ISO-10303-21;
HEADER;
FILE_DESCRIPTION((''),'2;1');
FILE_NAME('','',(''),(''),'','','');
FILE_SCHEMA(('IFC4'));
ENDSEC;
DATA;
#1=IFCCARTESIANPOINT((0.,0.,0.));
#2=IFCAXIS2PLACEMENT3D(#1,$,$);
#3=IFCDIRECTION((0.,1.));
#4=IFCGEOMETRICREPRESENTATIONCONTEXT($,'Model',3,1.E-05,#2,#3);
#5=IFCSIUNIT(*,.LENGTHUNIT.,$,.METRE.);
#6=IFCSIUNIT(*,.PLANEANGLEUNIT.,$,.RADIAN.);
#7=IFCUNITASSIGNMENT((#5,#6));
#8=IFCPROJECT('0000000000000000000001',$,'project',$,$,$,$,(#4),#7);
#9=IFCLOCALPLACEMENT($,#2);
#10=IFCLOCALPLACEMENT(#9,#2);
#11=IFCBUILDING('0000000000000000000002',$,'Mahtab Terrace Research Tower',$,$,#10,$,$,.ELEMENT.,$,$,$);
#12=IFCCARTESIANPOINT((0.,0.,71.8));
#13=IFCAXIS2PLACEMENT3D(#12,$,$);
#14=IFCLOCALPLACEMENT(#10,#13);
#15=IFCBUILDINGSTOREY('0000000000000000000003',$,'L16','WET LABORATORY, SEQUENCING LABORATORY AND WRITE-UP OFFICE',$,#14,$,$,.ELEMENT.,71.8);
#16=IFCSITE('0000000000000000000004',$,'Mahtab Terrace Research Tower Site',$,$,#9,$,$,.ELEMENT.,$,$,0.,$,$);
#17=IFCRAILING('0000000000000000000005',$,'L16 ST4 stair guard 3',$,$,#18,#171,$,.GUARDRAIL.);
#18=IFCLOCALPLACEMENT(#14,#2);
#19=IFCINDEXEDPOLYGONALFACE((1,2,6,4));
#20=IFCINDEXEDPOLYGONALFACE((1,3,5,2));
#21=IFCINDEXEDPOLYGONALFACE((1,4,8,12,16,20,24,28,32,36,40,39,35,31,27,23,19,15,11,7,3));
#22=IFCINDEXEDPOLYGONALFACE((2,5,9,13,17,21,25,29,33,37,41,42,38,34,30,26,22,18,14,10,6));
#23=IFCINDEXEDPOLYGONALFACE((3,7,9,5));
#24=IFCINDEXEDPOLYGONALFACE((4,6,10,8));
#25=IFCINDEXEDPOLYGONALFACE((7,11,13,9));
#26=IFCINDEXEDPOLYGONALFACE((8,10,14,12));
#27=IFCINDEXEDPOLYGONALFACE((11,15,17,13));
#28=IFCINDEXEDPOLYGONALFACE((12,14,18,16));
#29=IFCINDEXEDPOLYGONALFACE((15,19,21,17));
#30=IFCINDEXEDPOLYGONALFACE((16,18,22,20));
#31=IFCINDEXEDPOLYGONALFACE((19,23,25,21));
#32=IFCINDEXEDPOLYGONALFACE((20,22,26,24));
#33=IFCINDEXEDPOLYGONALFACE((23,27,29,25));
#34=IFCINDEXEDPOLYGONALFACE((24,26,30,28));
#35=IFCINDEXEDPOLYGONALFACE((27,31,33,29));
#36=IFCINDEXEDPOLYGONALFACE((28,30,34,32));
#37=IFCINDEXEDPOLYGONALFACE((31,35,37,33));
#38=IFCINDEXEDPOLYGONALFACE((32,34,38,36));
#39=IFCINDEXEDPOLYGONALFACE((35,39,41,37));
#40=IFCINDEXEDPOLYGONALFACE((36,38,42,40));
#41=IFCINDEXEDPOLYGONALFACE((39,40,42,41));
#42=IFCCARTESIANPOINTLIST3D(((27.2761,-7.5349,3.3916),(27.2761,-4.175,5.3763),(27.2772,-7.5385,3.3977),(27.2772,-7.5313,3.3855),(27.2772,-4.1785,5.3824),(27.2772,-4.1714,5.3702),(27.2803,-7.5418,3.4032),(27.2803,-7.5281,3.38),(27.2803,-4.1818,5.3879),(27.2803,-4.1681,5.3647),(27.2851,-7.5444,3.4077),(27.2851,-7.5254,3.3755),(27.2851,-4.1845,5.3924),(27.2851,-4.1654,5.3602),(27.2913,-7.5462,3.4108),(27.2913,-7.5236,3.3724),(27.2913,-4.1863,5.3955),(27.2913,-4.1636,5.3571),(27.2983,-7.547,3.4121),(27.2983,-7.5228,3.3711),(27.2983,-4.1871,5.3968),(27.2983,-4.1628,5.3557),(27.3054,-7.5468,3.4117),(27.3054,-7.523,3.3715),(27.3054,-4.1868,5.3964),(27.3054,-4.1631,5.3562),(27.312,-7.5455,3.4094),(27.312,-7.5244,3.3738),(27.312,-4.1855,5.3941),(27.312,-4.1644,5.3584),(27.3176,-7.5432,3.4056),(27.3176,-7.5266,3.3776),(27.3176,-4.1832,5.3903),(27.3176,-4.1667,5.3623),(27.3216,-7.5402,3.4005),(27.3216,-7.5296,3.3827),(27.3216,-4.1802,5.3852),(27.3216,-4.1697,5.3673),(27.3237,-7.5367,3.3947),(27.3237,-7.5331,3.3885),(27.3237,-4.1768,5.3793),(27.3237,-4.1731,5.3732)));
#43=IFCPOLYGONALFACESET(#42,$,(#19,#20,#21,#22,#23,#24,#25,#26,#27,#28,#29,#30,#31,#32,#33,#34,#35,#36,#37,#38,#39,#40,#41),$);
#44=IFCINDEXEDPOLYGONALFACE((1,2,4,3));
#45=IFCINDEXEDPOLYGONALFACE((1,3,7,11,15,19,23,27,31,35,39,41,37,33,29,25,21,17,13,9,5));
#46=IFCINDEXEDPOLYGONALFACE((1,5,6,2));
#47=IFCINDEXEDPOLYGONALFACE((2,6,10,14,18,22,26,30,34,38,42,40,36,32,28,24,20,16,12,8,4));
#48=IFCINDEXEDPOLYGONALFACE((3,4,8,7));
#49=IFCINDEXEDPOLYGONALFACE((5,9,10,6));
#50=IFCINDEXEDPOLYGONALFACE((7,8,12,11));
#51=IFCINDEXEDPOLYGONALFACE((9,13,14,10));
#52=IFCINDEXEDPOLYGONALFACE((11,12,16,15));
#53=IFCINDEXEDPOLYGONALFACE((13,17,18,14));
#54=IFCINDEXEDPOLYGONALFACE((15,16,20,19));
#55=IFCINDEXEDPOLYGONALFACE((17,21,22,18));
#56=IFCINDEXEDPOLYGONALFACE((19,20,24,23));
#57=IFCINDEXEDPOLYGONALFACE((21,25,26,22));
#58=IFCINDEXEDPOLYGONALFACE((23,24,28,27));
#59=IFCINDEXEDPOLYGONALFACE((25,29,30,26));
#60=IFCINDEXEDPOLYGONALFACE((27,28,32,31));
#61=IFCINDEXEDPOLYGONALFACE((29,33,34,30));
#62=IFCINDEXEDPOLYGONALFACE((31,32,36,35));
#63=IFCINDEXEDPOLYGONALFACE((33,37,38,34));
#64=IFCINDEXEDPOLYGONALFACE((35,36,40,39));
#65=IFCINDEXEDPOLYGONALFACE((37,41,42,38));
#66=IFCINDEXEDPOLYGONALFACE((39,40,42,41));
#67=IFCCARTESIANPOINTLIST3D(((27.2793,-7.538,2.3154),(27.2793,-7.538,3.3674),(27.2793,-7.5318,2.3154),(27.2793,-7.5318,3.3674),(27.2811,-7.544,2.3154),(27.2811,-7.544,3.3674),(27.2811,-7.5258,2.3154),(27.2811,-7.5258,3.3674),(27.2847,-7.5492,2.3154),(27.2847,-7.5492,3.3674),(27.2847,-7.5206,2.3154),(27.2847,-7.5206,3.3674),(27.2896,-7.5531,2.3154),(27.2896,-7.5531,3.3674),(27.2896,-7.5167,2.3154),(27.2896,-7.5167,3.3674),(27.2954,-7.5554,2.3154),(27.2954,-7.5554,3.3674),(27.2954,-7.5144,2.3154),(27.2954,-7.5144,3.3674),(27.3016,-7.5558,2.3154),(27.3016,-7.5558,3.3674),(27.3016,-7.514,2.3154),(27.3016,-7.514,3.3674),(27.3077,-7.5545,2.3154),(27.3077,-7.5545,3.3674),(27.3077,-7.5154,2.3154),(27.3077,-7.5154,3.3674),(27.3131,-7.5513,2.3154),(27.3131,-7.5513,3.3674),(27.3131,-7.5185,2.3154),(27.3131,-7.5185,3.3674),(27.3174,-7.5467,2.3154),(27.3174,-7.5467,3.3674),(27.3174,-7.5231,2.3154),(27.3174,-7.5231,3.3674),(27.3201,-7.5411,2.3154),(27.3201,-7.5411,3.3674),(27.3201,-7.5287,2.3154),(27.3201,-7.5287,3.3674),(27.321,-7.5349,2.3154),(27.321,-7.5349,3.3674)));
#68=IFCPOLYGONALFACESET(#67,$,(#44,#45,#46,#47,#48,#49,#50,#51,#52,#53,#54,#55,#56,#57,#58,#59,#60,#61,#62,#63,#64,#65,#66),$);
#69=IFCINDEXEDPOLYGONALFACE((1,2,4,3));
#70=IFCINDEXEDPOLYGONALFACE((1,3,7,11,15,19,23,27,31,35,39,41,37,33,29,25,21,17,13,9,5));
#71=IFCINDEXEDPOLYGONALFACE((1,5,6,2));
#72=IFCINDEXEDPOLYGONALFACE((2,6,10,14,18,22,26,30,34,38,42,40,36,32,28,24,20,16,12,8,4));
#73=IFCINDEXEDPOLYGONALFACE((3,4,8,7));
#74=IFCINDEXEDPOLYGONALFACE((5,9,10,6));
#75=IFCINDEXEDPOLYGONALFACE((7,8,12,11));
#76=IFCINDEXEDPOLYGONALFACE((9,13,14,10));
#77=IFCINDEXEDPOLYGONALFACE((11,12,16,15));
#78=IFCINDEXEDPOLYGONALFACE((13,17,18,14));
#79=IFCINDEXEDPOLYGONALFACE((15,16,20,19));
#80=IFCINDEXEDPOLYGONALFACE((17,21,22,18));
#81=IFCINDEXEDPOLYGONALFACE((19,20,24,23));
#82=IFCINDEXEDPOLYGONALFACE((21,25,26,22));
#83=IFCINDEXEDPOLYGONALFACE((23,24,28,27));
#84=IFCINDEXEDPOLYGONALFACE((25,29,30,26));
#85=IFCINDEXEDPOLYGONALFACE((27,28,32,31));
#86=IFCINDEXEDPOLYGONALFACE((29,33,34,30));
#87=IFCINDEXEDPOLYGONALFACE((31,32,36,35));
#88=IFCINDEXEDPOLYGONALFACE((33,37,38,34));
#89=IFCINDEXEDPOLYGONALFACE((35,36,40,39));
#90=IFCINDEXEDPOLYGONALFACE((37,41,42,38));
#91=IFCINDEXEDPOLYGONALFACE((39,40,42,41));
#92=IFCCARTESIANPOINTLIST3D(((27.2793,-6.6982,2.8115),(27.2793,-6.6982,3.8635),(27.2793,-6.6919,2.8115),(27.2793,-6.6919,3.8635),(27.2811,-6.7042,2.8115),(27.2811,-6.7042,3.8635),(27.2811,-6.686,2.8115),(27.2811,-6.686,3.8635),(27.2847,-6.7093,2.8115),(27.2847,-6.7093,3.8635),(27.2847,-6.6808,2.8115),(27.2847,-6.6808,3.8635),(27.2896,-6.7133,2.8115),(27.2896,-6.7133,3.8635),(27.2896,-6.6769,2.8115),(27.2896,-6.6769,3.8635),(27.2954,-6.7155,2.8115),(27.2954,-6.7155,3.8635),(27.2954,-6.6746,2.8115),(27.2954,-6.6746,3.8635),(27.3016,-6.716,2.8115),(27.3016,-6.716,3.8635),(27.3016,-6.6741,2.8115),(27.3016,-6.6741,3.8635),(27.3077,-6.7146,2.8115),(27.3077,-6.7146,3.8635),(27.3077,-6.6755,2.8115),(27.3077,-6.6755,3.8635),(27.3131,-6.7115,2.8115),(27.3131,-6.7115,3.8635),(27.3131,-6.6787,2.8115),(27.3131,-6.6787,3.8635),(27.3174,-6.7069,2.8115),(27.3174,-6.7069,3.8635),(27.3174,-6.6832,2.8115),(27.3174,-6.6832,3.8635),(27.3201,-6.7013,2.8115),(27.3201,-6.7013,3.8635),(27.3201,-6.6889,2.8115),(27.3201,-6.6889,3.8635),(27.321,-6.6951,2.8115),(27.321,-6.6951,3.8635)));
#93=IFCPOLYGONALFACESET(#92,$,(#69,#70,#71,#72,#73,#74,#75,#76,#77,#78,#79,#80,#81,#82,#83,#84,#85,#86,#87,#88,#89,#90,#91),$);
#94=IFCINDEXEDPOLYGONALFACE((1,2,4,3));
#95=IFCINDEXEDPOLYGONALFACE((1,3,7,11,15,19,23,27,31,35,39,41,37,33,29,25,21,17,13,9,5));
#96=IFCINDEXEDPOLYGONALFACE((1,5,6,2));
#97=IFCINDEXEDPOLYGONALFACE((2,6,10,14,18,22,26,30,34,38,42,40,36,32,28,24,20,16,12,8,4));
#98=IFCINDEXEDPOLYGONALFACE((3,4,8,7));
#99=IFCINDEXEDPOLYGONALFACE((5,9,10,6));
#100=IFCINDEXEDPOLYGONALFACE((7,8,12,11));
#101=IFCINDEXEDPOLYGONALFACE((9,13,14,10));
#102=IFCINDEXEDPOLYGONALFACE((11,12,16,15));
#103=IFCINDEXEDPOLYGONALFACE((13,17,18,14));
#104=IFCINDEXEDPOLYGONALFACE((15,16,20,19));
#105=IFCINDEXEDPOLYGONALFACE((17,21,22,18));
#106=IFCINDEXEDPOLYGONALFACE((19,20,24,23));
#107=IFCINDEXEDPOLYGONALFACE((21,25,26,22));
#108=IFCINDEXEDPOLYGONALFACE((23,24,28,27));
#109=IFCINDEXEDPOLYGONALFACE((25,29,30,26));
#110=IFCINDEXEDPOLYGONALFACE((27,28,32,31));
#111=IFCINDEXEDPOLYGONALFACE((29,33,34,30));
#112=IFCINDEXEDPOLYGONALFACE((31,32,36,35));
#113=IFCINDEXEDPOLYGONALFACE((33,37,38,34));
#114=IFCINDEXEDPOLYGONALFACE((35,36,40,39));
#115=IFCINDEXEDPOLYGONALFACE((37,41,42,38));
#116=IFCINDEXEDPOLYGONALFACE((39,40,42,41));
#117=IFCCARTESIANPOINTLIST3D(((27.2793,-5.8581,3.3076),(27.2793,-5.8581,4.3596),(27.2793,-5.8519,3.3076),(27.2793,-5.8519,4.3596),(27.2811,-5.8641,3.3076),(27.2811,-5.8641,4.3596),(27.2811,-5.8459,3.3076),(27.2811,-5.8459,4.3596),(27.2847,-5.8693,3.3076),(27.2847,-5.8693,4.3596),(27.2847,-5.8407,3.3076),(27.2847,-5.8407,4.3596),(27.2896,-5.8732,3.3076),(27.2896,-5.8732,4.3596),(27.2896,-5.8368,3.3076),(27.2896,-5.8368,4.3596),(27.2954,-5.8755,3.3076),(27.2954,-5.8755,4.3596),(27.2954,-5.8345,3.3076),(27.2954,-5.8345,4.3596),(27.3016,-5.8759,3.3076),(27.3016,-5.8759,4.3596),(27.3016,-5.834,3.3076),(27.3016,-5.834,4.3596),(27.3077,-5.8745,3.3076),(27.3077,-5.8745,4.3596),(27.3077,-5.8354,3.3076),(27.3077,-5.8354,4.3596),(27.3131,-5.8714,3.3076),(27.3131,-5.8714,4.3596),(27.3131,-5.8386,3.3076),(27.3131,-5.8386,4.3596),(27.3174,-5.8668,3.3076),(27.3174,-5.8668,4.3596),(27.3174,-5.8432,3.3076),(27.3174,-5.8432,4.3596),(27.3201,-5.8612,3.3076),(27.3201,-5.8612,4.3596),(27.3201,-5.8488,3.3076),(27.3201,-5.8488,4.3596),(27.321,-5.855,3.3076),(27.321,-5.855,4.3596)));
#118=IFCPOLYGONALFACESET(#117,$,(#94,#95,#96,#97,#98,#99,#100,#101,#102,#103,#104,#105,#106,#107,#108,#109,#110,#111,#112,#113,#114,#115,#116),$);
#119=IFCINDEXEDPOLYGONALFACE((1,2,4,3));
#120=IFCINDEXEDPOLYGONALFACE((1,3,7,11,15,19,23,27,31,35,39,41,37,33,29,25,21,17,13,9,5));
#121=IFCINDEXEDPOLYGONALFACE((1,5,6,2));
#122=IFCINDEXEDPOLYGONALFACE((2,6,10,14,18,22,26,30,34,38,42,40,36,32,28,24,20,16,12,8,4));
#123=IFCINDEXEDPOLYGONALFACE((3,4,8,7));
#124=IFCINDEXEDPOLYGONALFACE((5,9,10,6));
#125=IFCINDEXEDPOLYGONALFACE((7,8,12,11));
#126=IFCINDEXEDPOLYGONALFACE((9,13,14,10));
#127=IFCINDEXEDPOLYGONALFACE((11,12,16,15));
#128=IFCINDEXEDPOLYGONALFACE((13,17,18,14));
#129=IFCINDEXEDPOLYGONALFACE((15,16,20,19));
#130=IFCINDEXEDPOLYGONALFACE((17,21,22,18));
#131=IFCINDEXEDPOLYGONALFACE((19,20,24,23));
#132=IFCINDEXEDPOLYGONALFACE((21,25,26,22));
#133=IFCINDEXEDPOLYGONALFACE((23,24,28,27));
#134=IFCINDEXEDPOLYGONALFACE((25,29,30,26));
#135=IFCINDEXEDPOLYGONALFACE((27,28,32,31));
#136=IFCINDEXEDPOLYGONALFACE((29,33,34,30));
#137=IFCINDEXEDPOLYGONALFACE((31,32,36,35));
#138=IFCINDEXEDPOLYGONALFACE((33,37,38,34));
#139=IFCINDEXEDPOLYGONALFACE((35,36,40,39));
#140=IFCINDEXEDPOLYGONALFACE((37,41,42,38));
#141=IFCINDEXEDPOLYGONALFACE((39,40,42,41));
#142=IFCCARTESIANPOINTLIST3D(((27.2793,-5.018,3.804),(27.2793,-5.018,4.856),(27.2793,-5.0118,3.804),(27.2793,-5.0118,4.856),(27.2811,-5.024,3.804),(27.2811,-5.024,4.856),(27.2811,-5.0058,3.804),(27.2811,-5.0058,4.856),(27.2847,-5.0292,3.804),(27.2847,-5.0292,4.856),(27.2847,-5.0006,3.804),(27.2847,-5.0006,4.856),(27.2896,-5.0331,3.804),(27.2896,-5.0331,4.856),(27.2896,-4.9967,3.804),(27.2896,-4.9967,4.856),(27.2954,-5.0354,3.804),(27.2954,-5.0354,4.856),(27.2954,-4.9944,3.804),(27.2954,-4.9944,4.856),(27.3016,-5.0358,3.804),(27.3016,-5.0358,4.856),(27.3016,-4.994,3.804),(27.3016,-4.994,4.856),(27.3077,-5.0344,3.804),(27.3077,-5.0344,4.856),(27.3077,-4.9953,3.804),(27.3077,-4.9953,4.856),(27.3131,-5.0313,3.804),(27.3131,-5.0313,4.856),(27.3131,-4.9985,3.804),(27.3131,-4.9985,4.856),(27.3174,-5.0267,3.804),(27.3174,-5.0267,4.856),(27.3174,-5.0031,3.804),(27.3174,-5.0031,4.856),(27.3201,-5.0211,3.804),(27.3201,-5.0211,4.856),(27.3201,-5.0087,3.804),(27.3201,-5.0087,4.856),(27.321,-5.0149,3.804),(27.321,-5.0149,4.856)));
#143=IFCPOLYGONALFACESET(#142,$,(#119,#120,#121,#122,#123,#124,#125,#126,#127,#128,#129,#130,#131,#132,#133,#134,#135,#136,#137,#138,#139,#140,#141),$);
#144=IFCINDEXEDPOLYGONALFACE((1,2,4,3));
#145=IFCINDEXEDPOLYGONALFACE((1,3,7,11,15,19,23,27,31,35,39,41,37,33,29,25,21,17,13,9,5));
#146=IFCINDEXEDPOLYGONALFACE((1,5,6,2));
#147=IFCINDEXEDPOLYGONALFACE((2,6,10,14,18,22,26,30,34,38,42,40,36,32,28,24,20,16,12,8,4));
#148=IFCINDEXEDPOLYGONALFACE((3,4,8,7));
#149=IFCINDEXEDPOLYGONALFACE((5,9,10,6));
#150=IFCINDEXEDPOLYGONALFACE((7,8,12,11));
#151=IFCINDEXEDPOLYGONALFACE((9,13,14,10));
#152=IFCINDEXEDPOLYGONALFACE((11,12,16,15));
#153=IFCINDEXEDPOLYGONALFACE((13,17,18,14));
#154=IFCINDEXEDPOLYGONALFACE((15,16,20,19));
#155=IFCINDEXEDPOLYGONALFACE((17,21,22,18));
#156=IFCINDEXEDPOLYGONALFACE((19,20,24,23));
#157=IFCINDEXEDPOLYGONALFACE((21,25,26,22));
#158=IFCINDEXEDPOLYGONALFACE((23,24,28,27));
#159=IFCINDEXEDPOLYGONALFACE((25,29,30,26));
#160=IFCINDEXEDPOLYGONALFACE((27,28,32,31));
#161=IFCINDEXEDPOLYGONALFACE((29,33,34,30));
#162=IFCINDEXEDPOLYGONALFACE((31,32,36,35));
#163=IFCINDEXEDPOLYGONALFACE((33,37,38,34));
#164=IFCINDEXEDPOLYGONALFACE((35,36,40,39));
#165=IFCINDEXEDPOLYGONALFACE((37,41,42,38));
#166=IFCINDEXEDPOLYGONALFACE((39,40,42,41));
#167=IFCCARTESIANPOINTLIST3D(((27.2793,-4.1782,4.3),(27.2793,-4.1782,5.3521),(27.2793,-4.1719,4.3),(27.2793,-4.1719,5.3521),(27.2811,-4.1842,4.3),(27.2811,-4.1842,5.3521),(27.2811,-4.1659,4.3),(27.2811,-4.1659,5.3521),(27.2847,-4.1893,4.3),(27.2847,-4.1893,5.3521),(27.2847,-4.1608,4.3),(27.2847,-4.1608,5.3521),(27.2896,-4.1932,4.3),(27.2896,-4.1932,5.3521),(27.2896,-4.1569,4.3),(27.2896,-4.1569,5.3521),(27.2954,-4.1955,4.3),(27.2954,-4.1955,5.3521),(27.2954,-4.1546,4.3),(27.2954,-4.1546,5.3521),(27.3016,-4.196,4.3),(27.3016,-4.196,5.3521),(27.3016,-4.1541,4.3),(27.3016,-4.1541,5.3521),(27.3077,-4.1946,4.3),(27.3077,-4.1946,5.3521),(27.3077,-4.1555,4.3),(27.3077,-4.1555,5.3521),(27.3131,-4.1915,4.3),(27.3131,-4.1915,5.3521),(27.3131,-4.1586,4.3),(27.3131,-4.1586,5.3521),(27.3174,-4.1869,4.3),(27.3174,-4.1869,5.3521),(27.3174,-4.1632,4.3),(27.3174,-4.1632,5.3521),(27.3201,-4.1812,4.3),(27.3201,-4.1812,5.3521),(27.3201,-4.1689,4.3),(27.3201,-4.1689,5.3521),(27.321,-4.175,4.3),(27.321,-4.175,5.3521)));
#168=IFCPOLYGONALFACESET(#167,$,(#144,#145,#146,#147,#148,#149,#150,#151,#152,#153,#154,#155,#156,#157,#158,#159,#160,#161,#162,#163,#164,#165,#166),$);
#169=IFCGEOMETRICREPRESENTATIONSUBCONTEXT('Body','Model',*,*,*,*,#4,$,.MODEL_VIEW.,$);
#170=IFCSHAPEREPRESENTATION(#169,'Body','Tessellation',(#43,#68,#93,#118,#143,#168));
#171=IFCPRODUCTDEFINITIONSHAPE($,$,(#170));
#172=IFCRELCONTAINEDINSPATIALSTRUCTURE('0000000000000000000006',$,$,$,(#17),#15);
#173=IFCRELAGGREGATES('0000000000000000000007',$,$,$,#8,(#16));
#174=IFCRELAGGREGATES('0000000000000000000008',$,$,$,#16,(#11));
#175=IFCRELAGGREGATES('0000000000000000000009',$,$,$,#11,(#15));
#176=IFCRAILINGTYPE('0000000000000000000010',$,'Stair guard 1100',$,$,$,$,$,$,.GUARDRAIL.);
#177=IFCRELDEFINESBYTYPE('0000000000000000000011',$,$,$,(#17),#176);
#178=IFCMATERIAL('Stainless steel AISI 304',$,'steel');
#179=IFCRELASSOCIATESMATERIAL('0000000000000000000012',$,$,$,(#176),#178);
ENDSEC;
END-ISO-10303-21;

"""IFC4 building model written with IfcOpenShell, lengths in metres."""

from ifc_helpers import new_model, si_unit, direction, frame, origin, origin_2d, place, context, subcontext, project, spatial, circle, extrude, material, type_object, element, save


model = new_model("IFC4")

# Units and contexts
model_context = context("Model", 3, precision=1e-05, world=origin(), true_north=direction((0.0, 1.0)))
body_context = subcontext(model_context, "Body", "Model", "MODEL_VIEW")
ifc_project = project(units=[si_unit("LENGTHUNIT", "METRE"), si_unit("PLANEANGLEUNIT", "RADIAN")], contexts=[model_context])

# Site, building, storey
site_placement = place(None, origin())
site = spatial("IfcSite", under=ifc_project, at=site_placement, Name="Mahtab Terrace Research Tower Site", CompositionType="ELEMENT", RefElevation=0.0)
building_placement = place(site_placement, origin())
building = spatial("IfcBuilding", under=site, at=building_placement, Name="Mahtab Terrace Research Tower", CompositionType="ELEMENT")
storey_placement = place(building_placement, frame((0.0, 0.0, 71.8)))
storey = spatial("IfcBuildingStorey", under=building, at=storey_placement, Name="L16", Description="WET LABORATORY, SEQUENCING LABORATORY AND WRITE-UP OFFICE", CompositionType="ELEMENT", Elevation=71.8)

# Railing
ifc_material_1 = material(Name="Stainless steel AISI 304", Category="steel")
railing_type_1 = type_object("IfcRailingType", Name="Stair guard 1100", PredefinedType="GUARDRAIL", material=ifc_material_1)
railing_1_placement = place(storey_placement, frame((27.3, -7.5349, 2.3154)))
element("IfcRailing", 1, at=railing_1_placement, inside=storey, type_object=railing_type_1, Name="L16 ST4 stair guard 3", PredefinedType="GUARDRAIL", context=body_context, shape_type="SweptSolid", body=[
    extrude(circle(Radius=0.0239, at=origin_2d()), frame((0.0, 0.0, 1.0762), z_axis=(0.0, 0.861011, 0.508586), x_axis=(-1.0, 0.0, 0.0)), (0.0, 0.0, 1.0), 3.9023),
    extrude(circle(Radius=0.021, at=origin_2d()), origin(), (0.0, 0.0, 1.0), 1.052),
    extrude(circle(Radius=0.021, at=origin_2d()), frame((0.0, 0.8398, 0.4961)), (0.0, 0.0, 1.0), 1.052),
    extrude(circle(Radius=0.021, at=origin_2d()), frame((0.0, 1.6799, 0.9922)), (0.0, 0.0, 1.0), 1.052),
    extrude(circle(Radius=0.021, at=origin_2d()), frame((0.0, 2.52, 1.4885)), (0.0, 0.0, 1.0), 1.052),
    extrude(circle(Radius=0.021, at=origin_2d()), frame((0.0, 3.3599, 1.9846)), (0.0, 0.0, 1.0), 1.052),
])

save(model, "model.ifc")
